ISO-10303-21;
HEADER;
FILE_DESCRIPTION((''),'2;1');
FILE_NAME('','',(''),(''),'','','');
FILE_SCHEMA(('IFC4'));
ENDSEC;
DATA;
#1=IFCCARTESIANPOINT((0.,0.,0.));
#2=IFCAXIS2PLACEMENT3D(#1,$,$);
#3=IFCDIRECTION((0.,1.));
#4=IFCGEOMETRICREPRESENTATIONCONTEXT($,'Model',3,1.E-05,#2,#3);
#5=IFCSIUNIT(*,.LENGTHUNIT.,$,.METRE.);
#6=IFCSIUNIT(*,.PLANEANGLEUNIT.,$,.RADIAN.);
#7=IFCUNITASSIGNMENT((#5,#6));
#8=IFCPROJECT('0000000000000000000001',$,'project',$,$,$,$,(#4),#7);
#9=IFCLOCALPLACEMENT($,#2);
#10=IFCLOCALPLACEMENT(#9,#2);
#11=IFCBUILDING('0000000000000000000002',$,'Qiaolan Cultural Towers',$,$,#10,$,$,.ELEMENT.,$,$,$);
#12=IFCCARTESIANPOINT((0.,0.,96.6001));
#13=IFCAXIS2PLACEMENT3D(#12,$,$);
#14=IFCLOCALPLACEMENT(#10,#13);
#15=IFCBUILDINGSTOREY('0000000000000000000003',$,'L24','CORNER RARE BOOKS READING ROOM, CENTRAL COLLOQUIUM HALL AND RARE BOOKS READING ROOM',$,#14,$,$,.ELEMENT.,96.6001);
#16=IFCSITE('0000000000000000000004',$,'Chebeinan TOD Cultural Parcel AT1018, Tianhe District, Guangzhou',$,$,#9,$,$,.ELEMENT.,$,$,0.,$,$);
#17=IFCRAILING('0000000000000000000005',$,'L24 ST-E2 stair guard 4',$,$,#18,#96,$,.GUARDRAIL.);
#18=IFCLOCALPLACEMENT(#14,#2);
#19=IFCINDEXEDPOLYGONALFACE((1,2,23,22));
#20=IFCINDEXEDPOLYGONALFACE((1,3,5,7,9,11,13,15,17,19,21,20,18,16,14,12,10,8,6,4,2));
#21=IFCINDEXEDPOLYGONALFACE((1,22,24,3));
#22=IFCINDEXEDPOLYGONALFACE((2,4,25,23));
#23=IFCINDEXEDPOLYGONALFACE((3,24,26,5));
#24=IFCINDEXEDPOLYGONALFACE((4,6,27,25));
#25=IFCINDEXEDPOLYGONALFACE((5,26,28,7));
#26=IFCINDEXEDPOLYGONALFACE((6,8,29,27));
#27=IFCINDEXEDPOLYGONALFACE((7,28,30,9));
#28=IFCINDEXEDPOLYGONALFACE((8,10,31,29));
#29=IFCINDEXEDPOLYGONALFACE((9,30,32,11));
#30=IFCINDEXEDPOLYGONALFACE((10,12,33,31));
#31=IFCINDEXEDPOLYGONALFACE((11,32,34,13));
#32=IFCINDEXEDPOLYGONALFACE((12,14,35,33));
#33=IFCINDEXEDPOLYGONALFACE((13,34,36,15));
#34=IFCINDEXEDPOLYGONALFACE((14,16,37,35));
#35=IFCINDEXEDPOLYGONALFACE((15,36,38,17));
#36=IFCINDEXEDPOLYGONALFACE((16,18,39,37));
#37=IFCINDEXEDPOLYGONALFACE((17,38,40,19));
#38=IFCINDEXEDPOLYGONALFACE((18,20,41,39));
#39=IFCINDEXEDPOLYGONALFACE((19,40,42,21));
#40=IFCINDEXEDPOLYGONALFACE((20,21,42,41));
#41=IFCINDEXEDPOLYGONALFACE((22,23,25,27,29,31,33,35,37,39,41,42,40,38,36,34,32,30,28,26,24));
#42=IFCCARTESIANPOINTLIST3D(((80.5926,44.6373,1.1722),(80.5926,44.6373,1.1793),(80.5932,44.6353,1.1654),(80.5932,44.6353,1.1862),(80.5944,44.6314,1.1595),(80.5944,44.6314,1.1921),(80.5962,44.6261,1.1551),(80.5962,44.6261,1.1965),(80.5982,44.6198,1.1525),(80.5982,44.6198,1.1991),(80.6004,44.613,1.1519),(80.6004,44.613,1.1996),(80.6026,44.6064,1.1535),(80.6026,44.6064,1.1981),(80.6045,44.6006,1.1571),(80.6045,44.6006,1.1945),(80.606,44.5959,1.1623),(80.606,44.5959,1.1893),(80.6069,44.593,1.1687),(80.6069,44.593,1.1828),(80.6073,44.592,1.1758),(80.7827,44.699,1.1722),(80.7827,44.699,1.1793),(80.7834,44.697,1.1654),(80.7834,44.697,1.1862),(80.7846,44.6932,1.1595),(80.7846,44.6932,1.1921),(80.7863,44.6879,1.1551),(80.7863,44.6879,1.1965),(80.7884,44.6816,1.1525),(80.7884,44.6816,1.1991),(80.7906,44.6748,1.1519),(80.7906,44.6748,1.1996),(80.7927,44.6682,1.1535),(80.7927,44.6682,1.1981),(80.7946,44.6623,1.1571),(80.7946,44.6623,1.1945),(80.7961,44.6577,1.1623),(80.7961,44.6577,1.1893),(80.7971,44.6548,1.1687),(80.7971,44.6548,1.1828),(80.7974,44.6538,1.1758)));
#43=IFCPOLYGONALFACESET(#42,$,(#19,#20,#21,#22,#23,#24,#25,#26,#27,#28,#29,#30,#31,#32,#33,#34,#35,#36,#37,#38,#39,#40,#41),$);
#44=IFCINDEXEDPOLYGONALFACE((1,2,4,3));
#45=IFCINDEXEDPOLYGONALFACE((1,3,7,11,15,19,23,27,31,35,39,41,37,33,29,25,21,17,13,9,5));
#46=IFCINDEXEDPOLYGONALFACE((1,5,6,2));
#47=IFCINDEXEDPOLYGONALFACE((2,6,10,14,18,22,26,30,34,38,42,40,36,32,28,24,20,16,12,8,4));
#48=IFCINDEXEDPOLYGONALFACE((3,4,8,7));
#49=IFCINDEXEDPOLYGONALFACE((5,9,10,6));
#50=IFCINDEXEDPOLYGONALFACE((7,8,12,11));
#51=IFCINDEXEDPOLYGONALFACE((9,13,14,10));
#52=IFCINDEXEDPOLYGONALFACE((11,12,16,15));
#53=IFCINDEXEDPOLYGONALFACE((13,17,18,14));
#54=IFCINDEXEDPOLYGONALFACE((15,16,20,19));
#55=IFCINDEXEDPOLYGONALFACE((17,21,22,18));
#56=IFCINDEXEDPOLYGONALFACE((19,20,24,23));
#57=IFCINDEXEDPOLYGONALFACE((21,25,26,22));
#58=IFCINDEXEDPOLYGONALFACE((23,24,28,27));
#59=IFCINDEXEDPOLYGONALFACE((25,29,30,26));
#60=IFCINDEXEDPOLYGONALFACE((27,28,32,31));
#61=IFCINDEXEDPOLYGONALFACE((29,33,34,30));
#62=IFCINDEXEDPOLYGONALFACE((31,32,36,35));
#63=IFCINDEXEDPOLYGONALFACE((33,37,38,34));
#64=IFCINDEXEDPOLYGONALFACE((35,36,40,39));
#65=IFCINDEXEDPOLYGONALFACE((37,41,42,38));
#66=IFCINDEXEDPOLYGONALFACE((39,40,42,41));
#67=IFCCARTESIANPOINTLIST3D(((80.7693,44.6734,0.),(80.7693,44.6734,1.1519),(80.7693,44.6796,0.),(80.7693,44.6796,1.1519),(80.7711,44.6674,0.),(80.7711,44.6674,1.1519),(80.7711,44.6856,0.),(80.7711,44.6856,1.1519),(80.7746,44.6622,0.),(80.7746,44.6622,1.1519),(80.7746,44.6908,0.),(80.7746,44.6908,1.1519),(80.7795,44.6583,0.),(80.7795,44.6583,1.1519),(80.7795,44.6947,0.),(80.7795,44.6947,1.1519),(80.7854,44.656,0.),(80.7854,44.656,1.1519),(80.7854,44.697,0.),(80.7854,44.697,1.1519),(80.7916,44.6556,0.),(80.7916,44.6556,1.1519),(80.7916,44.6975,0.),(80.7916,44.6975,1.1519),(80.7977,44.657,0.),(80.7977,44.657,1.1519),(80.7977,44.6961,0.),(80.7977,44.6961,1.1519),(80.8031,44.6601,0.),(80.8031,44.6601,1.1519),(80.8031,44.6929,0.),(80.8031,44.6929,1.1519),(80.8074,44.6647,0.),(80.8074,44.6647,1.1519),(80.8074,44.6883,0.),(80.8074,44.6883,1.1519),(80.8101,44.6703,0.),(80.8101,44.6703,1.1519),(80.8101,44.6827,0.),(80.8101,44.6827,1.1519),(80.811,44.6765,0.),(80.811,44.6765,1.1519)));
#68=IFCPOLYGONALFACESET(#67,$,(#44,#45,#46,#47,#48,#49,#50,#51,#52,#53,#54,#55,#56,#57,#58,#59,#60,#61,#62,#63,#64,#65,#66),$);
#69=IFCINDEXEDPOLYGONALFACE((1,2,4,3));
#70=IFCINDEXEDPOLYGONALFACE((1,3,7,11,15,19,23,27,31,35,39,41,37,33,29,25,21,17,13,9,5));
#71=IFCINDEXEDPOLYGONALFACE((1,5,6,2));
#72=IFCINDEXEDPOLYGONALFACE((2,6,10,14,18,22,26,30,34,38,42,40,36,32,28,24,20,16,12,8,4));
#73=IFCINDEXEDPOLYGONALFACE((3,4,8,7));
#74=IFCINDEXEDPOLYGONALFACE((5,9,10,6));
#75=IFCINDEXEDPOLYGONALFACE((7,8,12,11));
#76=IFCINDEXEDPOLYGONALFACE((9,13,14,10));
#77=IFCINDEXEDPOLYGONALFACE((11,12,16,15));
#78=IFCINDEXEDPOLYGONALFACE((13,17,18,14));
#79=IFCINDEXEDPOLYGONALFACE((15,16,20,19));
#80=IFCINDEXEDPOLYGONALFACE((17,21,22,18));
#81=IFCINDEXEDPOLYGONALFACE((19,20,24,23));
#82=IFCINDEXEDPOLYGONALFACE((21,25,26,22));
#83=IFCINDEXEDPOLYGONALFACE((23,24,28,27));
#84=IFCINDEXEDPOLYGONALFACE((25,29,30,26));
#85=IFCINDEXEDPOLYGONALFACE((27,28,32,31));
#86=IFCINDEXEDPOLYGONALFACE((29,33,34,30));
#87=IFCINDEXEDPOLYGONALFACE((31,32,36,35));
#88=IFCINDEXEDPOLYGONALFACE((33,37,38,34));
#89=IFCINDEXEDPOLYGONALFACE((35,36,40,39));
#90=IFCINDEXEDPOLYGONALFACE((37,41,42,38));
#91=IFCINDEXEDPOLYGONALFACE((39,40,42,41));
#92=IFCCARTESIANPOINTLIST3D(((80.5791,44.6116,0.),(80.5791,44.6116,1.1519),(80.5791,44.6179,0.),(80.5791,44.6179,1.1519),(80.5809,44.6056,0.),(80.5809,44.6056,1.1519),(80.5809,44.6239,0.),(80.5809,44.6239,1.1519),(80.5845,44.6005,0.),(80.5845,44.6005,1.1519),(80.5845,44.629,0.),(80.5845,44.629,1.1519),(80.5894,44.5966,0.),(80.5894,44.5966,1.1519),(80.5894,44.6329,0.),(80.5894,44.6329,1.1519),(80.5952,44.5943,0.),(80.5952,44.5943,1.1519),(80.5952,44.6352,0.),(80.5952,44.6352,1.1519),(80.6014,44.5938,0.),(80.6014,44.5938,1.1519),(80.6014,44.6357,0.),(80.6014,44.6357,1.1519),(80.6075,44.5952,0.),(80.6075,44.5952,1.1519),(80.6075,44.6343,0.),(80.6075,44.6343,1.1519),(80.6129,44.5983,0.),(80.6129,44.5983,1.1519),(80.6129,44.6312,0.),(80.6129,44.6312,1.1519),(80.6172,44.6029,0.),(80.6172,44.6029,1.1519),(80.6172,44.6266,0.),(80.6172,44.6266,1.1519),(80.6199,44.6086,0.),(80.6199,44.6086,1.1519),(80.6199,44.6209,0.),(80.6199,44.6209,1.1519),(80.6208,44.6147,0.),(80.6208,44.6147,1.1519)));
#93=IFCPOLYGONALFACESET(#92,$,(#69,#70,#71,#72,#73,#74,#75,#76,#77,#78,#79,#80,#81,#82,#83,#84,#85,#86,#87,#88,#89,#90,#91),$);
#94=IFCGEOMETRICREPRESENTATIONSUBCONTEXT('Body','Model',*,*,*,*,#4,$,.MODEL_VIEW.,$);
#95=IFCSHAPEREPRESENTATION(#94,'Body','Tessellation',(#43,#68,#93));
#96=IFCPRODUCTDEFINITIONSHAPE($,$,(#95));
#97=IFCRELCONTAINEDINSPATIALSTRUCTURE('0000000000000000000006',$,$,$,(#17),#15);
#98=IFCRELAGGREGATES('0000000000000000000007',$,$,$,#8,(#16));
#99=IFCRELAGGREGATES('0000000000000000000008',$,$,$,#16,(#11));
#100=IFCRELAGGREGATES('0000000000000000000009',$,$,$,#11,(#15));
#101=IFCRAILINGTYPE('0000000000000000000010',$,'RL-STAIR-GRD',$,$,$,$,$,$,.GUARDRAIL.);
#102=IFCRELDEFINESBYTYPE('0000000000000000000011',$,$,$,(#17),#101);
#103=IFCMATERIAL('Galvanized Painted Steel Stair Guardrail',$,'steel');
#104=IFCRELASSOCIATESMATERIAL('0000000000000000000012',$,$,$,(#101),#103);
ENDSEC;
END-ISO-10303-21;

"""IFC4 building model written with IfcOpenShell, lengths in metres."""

from ifc_helpers import new_model, si_unit, direction, frame, origin, origin_2d, place, context, subcontext, project, spatial, circle, extrude, material, type_object, element, save


model = new_model("IFC4")

# Units and contexts
model_context = context("Model", 3, precision=1e-05, world=origin(), true_north=direction((0.0, 1.0)))
body_context = subcontext(model_context, "Body", "Model", "MODEL_VIEW")
ifc_project = project(units=[si_unit("LENGTHUNIT", "METRE"), si_unit("PLANEANGLEUNIT", "RADIAN")], contexts=[model_context])

# Site, building, storey
site_placement = place(None, origin())
site = spatial("IfcSite", under=ifc_project, at=site_placement, Name="Chebeinan TOD Cultural Parcel AT1018, Tianhe District, Guangzhou", CompositionType="ELEMENT", RefElevation=0.0)
building_placement = place(site_placement, origin())
building = spatial("IfcBuilding", under=site, at=building_placement, Name="Qiaolan Cultural Towers", CompositionType="ELEMENT")
storey_placement = place(building_placement, frame((0.0, 0.0, 96.6001)))
storey = spatial("IfcBuildingStorey", under=building, at=storey_placement, Name="L24", Description="CORNER RARE BOOKS READING ROOM, CENTRAL COLLOQUIUM HALL AND RARE BOOKS READING ROOM", CompositionType="ELEMENT", Elevation=96.6001)

# Railing
ifc_material_1 = material(Name="Galvanized Painted Steel Stair Guardrail", Category="steel")
railing_type_1 = type_object("IfcRailingType", Name="RL-STAIR-GRD", PredefinedType="GUARDRAIL", material=ifc_material_1)
railing_1_placement = place(storey_placement, frame((80.79, 44.6765, 0.0)))
element("IfcRailing", 1, at=railing_1_placement, inside=storey, type_object=railing_type_1, Name="L24 ST-E2 stair guard 4", PredefinedType="GUARDRAIL", context=body_context, shape_type="SweptSolid", body=[
    extrude(circle(Radius=0.0239, at=origin_2d()), frame((0.0, 0.0, 1.1758), z_axis=(-0.951097, -0.308893, 0.0), x_axis=(0.308893, -0.951097, 0.0)), (0.0, 0.0, 1.0), 0.2),
    extrude(circle(Radius=0.021, at=origin_2d()), origin(), (0.0, 0.0, 1.0), 1.1519),
    extrude(circle(Radius=0.021, at=origin_2d()), frame((-0.1902, -0.0618, 0.0)), (0.0, 0.0, 1.0), 1.1519),
])

save(model, "model.ifc")
